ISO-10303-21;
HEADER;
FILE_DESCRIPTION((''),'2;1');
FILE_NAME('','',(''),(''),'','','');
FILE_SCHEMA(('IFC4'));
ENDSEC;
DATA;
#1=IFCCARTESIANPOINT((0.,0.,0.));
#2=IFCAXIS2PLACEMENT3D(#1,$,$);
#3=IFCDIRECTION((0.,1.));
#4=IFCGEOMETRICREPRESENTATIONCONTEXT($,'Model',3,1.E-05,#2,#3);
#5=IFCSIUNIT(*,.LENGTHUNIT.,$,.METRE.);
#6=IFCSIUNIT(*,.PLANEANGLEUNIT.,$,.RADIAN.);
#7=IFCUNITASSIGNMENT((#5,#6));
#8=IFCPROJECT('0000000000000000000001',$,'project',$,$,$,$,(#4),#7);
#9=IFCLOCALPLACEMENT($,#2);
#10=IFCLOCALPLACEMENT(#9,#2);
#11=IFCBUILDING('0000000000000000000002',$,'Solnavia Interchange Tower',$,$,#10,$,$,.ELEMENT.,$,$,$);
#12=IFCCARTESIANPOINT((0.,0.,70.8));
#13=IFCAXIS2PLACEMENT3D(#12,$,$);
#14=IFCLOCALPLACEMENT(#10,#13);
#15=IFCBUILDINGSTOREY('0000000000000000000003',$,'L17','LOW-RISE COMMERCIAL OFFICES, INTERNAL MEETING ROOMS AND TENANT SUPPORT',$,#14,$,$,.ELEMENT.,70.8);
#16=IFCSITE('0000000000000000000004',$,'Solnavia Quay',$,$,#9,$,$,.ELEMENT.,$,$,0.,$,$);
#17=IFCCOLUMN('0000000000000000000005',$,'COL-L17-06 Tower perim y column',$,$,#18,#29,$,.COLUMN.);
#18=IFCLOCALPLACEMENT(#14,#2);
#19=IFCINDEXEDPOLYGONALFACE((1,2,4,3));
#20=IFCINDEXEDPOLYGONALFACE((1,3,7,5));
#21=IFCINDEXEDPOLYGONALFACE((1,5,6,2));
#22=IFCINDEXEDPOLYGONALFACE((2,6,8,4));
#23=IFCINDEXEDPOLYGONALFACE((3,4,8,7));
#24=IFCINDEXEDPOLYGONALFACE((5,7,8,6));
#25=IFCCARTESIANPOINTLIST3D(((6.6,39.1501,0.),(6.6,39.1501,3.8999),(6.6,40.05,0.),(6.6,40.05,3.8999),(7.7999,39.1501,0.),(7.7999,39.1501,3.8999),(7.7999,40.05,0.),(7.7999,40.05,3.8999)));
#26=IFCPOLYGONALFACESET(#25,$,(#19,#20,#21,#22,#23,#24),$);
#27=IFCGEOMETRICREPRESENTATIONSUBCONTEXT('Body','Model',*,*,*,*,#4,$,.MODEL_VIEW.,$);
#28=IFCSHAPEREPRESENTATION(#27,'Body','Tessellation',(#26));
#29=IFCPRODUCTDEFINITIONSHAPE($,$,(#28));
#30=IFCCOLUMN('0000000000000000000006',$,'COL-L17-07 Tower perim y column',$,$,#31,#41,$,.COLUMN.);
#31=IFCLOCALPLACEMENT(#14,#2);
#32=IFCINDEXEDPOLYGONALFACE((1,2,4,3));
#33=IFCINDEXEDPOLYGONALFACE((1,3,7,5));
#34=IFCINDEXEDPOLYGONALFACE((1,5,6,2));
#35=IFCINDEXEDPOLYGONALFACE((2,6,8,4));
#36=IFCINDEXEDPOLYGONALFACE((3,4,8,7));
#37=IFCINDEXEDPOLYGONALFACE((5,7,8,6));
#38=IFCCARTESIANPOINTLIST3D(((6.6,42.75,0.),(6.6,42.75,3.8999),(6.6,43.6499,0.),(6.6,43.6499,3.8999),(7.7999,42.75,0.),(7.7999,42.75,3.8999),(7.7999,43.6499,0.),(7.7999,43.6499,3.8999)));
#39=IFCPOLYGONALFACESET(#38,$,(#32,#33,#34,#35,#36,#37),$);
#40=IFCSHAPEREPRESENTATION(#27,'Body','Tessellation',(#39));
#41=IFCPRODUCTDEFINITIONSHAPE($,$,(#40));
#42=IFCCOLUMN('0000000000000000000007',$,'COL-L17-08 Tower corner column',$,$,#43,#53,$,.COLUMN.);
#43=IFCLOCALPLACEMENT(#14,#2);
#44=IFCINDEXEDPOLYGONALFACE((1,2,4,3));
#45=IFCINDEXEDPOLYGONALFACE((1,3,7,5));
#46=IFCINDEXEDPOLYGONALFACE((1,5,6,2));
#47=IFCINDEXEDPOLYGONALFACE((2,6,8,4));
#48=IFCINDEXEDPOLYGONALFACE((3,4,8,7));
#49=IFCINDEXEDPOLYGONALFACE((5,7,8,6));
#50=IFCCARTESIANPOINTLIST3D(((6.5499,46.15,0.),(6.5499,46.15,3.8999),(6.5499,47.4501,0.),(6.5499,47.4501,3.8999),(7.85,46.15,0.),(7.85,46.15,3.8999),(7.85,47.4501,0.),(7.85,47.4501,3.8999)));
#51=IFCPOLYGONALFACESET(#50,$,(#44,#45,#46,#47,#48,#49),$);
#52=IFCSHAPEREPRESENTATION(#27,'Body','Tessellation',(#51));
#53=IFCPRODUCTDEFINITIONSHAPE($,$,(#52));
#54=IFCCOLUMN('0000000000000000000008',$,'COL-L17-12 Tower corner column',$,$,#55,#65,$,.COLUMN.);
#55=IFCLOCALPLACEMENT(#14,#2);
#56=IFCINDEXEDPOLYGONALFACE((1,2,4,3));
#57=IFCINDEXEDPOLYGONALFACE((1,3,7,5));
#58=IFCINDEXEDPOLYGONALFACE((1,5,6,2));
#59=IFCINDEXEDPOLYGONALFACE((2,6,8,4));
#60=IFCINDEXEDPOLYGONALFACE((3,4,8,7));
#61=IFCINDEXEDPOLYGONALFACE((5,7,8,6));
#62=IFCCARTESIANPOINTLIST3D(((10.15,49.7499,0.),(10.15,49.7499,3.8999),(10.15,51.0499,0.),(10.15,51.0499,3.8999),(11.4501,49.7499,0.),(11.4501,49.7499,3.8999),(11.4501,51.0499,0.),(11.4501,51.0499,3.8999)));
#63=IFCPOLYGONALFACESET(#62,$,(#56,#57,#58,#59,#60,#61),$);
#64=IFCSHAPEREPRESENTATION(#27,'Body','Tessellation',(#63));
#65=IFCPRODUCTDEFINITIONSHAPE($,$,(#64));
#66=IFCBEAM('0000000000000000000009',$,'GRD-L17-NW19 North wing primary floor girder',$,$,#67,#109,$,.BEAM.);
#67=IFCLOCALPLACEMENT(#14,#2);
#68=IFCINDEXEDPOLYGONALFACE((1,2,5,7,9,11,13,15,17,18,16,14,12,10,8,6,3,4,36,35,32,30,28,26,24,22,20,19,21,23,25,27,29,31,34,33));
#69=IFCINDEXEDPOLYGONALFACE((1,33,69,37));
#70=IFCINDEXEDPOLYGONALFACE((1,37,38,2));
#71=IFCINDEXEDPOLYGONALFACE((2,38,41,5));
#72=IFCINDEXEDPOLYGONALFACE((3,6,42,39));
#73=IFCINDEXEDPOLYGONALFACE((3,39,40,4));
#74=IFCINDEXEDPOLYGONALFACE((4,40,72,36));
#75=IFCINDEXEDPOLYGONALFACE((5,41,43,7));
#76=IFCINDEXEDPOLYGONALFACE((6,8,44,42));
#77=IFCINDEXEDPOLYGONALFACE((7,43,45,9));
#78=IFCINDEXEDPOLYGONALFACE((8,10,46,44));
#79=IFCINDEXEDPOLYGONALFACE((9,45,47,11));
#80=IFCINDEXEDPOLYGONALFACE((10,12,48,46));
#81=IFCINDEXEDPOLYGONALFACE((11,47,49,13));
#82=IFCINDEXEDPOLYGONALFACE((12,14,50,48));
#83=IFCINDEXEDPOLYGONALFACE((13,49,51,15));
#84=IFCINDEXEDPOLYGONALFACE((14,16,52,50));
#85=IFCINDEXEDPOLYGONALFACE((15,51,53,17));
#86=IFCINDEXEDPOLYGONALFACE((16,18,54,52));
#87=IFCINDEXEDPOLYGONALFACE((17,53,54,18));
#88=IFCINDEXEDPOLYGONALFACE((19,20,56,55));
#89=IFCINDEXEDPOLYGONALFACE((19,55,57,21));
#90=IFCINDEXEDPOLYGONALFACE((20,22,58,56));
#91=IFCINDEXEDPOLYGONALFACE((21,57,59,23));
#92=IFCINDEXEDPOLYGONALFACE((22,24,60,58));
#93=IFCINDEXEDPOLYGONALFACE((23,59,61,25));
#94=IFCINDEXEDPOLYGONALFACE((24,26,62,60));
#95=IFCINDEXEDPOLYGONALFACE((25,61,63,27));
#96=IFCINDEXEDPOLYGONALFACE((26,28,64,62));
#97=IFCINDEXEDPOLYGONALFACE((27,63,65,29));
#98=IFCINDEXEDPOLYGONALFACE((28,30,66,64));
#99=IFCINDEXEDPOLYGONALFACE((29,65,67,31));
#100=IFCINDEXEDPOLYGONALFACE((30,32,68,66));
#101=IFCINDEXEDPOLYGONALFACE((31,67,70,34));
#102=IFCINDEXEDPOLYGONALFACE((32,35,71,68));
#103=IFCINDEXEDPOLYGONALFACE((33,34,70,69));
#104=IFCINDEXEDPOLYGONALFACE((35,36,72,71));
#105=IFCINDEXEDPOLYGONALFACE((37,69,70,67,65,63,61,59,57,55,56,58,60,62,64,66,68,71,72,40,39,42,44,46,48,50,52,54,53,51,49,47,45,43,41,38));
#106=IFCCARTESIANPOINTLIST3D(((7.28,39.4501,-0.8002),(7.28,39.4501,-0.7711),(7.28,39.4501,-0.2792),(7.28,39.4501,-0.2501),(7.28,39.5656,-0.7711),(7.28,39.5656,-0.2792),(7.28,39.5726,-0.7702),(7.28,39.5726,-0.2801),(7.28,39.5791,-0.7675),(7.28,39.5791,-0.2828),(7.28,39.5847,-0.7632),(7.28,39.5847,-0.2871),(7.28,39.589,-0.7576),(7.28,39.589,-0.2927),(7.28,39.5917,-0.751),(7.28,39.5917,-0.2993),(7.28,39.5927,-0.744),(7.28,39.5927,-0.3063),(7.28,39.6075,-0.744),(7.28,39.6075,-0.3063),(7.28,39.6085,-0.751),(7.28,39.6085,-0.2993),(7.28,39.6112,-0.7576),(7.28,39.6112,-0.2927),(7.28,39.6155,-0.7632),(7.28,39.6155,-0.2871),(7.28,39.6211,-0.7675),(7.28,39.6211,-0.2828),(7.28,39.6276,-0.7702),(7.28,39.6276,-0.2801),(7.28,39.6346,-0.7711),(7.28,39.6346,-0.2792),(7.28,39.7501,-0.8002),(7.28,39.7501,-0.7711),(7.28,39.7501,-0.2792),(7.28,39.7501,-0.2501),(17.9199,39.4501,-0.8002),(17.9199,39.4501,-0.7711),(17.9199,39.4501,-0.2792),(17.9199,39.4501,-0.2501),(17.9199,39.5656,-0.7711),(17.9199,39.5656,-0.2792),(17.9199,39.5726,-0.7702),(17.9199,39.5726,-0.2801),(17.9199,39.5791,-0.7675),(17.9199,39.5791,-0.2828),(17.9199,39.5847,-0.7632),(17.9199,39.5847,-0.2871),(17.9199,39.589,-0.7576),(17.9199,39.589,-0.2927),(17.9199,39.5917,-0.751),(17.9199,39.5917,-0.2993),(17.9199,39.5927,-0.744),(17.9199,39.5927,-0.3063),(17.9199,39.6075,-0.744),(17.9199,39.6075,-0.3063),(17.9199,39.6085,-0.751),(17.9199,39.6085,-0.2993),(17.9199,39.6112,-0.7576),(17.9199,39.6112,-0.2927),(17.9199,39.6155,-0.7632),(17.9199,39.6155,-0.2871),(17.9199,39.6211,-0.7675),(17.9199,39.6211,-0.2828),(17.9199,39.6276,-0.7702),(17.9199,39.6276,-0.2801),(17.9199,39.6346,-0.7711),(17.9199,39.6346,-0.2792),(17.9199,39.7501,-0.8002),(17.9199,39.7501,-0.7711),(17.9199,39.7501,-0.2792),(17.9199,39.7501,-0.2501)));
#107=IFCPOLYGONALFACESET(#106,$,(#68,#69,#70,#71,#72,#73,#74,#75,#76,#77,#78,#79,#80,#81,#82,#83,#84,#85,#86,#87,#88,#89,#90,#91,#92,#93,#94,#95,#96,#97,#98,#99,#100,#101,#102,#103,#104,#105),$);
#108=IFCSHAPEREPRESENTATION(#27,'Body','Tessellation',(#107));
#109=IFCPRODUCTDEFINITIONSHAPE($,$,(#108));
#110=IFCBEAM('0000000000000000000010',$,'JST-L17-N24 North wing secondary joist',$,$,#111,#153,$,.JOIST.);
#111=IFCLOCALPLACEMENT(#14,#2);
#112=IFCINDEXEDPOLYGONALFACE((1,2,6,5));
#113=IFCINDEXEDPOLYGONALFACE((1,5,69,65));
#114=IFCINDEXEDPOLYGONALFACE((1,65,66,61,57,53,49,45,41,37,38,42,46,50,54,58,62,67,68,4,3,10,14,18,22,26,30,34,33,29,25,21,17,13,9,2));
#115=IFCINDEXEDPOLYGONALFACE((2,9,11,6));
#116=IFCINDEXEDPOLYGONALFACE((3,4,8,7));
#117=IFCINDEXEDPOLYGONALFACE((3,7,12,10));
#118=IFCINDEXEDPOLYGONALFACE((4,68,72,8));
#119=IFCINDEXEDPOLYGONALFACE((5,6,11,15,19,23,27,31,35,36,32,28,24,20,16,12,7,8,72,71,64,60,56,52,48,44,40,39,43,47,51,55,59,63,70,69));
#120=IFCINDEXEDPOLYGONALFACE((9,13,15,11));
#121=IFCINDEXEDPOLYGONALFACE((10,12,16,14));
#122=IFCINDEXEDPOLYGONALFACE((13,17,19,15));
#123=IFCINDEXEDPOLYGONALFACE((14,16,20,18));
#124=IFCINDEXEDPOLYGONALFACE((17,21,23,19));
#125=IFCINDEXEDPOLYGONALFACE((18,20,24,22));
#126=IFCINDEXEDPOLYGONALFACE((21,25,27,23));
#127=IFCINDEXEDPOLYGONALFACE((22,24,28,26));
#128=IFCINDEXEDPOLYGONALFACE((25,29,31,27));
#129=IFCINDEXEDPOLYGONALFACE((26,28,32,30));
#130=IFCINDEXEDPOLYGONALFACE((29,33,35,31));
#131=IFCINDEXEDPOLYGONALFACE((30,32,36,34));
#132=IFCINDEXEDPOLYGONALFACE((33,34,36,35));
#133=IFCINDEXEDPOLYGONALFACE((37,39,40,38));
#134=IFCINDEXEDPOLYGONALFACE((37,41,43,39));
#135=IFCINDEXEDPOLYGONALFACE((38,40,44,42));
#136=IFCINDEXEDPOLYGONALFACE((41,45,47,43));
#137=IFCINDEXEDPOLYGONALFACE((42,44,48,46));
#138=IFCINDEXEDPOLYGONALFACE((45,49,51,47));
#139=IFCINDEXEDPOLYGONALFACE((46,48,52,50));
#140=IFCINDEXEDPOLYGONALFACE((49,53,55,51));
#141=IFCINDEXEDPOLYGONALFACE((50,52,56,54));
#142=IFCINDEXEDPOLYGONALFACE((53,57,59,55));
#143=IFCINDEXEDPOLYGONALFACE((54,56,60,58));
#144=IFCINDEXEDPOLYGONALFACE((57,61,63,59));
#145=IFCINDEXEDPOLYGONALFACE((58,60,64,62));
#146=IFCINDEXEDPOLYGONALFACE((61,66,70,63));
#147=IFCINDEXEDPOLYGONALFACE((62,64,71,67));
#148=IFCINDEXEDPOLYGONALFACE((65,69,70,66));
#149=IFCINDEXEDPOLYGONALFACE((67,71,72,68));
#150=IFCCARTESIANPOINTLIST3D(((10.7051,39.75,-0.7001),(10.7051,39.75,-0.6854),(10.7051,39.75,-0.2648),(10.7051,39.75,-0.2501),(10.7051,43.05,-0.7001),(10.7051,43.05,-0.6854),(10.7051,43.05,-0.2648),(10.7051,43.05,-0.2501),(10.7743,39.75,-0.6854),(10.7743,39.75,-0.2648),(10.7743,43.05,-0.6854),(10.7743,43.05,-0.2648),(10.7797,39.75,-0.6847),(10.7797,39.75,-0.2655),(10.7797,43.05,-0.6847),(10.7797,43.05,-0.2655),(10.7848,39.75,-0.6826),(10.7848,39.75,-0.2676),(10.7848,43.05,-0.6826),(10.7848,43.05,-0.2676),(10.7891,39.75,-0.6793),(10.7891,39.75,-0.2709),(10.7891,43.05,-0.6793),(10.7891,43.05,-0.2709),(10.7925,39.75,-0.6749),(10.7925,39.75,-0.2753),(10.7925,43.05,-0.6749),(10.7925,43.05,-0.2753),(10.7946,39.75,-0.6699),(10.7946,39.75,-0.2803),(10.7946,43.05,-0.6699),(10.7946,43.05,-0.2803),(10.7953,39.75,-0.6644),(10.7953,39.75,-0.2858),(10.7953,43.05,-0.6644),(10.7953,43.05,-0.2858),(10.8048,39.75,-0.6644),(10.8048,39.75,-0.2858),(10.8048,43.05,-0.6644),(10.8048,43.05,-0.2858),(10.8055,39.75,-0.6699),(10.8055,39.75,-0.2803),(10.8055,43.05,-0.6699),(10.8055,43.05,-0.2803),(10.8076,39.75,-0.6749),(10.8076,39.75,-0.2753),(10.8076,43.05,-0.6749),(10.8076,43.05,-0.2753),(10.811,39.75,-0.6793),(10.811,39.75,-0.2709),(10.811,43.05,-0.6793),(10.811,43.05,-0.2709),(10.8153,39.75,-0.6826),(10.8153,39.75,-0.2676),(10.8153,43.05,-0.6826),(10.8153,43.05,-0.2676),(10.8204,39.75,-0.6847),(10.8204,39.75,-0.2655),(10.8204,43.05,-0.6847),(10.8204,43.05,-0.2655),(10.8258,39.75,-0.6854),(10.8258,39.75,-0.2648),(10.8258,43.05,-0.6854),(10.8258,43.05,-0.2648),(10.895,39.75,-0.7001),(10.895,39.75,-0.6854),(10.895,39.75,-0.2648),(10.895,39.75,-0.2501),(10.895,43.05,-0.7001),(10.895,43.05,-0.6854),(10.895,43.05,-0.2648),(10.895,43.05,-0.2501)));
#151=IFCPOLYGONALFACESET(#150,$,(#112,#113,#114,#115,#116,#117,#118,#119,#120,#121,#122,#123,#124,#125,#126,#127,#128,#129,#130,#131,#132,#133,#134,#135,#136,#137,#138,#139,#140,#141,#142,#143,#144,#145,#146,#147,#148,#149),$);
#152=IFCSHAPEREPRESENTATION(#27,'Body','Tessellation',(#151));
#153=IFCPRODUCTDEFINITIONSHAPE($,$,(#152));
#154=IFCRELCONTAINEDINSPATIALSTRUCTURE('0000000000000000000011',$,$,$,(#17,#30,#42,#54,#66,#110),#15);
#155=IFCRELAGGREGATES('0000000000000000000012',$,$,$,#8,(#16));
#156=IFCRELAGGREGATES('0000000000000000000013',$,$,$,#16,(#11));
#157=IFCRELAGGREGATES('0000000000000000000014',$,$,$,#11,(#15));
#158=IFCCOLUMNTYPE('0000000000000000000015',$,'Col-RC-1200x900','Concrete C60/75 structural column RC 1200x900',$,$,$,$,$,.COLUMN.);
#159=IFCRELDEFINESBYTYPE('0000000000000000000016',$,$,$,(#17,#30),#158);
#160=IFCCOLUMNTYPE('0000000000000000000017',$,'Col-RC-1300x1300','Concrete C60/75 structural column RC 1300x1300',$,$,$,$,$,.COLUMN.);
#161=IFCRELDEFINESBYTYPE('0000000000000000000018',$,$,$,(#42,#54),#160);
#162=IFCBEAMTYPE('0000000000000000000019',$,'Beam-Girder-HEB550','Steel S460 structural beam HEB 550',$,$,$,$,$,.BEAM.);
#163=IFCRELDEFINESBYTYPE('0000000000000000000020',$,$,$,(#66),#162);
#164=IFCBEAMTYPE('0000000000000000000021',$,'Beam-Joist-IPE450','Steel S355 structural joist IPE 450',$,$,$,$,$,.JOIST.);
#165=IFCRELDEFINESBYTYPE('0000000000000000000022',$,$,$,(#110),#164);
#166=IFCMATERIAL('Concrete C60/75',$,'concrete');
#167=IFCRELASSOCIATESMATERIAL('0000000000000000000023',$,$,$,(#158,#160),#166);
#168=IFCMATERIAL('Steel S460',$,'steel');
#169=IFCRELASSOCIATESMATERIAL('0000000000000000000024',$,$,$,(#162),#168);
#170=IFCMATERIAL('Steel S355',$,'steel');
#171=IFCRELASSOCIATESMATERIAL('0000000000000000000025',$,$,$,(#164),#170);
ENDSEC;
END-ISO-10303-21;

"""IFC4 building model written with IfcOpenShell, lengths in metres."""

from ifc_helpers import new_model, si_unit, direction, frame, origin, origin_2d, place, context, subcontext, project, spatial, rectangle, i_section, extrude, material, material_profile, profile_set, type_object, element, save


model = new_model("IFC4")

# Units and contexts
model_context = context("Model", 3, precision=1e-05, world=origin(), true_north=direction((0.0, 1.0)))
body_context = subcontext(model_context, "Body", "Model", "MODEL_VIEW")
ifc_project = project(units=[si_unit("LENGTHUNIT", "METRE"), si_unit("PLANEANGLEUNIT", "RADIAN")], contexts=[model_context])

# Site, building, storey
site_placement = place(None, origin())
site = spatial("IfcSite", under=ifc_project, at=site_placement, Name="Solnavia Quay", CompositionType="ELEMENT", RefElevation=0.0)
building_placement = place(site_placement, origin())
building = spatial("IfcBuilding", under=site, at=building_placement, Name="Solnavia Interchange Tower", CompositionType="ELEMENT")
storey_placement = place(building_placement, frame((0.0, 0.0, 70.8)))
storey = spatial("IfcBuildingStorey", under=building, at=storey_placement, Name="L17", Description="LOW-RISE COMMERCIAL OFFICES, INTERNAL MEETING ROOMS AND TENANT SUPPORT", CompositionType="ELEMENT", Elevation=70.8)

# Columns
ifc_material_1 = material(Name="Concrete C60/75", Category="concrete")
ifc_material_profile_1 = material_profile(ifc_material_1, rectangle(XDim=0.8999, YDim=1.2, at=origin_2d()), Name="RC 1200x900")
ifc_profile_set_1 = profile_set([ifc_material_profile_1], Name="Concrete C60/75")
column_type_1 = type_object("IfcColumnType", Name="Col-RC-1200x900", Description="Concrete C60/75 structural column RC 1200x900", PredefinedType="COLUMN", material=ifc_profile_set_1)
for number, where, z_axis, x_axis, name in (
    (1, (7.2, 39.6001, 0.0), (0.0, 0.0, 1.0), (0.0, 1.0, 0.0), "COL-L17-06 Tower perim y column"),
    (2, (7.2, 43.2, 0.0), (0.0, 0.0, 1.0), (0.0, 1.0, 0.0), "COL-L17-07 Tower perim y column"),
):
    element("IfcColumn", number, at=place(storey_placement, frame(where, z_axis=z_axis, x_axis=x_axis)), inside=storey, type_object=column_type_1, Name=name, PredefinedType="COLUMN", context=body_context, shape_type="SweptSolid", body=[
        extrude(rectangle(XDim=0.8999, YDim=1.2, at=origin_2d()), origin(), (0.0, 0.0, 1.0), 3.8999),
    ])
ifc_material_profile_2 = material_profile(ifc_material_1, rectangle(XDim=1.3, YDim=1.3, at=origin_2d()), Name="RC 1300x1300")
ifc_profile_set_2 = profile_set([ifc_material_profile_2], Name="Concrete C60/75")
column_type_2 = type_object("IfcColumnType", Name="Col-RC-1300x1300", Description="Concrete C60/75 structural column RC 1300x1300", PredefinedType="COLUMN", material=ifc_profile_set_2)
for number, where, z_axis, x_axis, name in (
    (3, (7.2, 46.8, 0.0), (0.0, 0.0, 1.0), (0.0, 1.0, 0.0), "COL-L17-08 Tower corner column"),
    (4, (10.8, 50.3999, 0.0), (0.0, 0.0, 1.0), (1.0, 0.0, 0.0), "COL-L17-12 Tower corner column"),
):
    element("IfcColumn", number, at=place(storey_placement, frame(where, z_axis=z_axis, x_axis=x_axis)), inside=storey, type_object=column_type_2, Name=name, PredefinedType="COLUMN", context=body_context, shape_type="SweptSolid", body=[
        extrude(rectangle(XDim=1.3, YDim=1.3, at=origin_2d()), origin(), (0.0, 0.0, 1.0), 3.8999),
    ])

# Beams
ifc_material_2 = material(Name="Steel S460", Category="steel")
ifc_material_profile_3 = material_profile(ifc_material_2, i_section(OverallWidth=0.3, OverallDepth=0.55, WebThickness=0.0149, FlangeThickness=0.0291, FilletRadius=0.0271, at=origin_2d()), Name="HEB 550")
ifc_profile_set_3 = profile_set([ifc_material_profile_3], Name="Steel S460")
beam_type_1 = type_object("IfcBeamType", Name="Beam-Girder-HEB550", Description="Steel S460 structural beam HEB 550", PredefinedType="BEAM", material=ifc_profile_set_3)
beam_1_placement = place(storey_placement, frame((7.28, 39.6001, -0.5251), z_axis=(1.0, 0.0, 0.0), x_axis=(0.0, 1.0, 0.0)))
element("IfcBeam", 5, at=beam_1_placement, inside=storey, type_object=beam_type_1, Name="GRD-L17-NW19 North wing primary floor girder", PredefinedType="BEAM", context=body_context, shape_type="SweptSolid", body=[
    extrude(i_section(OverallWidth=0.3, OverallDepth=0.55, WebThickness=0.0149, FlangeThickness=0.0291, FilletRadius=0.0271, at=origin_2d()), origin(), (0.0, 0.0, 1.0), 10.6399),
])
ifc_material_3 = material(Name="Steel S355", Category="steel")
ifc_material_profile_4 = material_profile(ifc_material_3, i_section(OverallWidth=0.1899, OverallDepth=0.45, WebThickness=0.0095, FlangeThickness=0.0146, FilletRadius=0.021, at=origin_2d()), Name="IPE 450")
ifc_profile_set_4 = profile_set([ifc_material_profile_4], Name="Steel S355")
beam_type_2 = type_object("IfcBeamType", Name="Beam-Joist-IPE450", Description="Steel S355 structural joist IPE 450", PredefinedType="JOIST", material=ifc_profile_set_4)
beam_2_placement = place(storey_placement, frame((10.8, 39.75, -0.4751), z_axis=(0.0, 1.0, 0.0), x_axis=(-1.0, 0.0, 0.0)))
element("IfcBeam", 6, at=beam_2_placement, inside=storey, type_object=beam_type_2, Name="JST-L17-N24 North wing secondary joist", PredefinedType="JOIST", context=body_context, shape_type="SweptSolid", body=[
    extrude(i_section(OverallWidth=0.1899, OverallDepth=0.45, WebThickness=0.0095, FlangeThickness=0.0146, FilletRadius=0.021, at=origin_2d()), origin(), (0.0, 0.0, 1.0), 3.3),
])

save(model, "model.ifc")
